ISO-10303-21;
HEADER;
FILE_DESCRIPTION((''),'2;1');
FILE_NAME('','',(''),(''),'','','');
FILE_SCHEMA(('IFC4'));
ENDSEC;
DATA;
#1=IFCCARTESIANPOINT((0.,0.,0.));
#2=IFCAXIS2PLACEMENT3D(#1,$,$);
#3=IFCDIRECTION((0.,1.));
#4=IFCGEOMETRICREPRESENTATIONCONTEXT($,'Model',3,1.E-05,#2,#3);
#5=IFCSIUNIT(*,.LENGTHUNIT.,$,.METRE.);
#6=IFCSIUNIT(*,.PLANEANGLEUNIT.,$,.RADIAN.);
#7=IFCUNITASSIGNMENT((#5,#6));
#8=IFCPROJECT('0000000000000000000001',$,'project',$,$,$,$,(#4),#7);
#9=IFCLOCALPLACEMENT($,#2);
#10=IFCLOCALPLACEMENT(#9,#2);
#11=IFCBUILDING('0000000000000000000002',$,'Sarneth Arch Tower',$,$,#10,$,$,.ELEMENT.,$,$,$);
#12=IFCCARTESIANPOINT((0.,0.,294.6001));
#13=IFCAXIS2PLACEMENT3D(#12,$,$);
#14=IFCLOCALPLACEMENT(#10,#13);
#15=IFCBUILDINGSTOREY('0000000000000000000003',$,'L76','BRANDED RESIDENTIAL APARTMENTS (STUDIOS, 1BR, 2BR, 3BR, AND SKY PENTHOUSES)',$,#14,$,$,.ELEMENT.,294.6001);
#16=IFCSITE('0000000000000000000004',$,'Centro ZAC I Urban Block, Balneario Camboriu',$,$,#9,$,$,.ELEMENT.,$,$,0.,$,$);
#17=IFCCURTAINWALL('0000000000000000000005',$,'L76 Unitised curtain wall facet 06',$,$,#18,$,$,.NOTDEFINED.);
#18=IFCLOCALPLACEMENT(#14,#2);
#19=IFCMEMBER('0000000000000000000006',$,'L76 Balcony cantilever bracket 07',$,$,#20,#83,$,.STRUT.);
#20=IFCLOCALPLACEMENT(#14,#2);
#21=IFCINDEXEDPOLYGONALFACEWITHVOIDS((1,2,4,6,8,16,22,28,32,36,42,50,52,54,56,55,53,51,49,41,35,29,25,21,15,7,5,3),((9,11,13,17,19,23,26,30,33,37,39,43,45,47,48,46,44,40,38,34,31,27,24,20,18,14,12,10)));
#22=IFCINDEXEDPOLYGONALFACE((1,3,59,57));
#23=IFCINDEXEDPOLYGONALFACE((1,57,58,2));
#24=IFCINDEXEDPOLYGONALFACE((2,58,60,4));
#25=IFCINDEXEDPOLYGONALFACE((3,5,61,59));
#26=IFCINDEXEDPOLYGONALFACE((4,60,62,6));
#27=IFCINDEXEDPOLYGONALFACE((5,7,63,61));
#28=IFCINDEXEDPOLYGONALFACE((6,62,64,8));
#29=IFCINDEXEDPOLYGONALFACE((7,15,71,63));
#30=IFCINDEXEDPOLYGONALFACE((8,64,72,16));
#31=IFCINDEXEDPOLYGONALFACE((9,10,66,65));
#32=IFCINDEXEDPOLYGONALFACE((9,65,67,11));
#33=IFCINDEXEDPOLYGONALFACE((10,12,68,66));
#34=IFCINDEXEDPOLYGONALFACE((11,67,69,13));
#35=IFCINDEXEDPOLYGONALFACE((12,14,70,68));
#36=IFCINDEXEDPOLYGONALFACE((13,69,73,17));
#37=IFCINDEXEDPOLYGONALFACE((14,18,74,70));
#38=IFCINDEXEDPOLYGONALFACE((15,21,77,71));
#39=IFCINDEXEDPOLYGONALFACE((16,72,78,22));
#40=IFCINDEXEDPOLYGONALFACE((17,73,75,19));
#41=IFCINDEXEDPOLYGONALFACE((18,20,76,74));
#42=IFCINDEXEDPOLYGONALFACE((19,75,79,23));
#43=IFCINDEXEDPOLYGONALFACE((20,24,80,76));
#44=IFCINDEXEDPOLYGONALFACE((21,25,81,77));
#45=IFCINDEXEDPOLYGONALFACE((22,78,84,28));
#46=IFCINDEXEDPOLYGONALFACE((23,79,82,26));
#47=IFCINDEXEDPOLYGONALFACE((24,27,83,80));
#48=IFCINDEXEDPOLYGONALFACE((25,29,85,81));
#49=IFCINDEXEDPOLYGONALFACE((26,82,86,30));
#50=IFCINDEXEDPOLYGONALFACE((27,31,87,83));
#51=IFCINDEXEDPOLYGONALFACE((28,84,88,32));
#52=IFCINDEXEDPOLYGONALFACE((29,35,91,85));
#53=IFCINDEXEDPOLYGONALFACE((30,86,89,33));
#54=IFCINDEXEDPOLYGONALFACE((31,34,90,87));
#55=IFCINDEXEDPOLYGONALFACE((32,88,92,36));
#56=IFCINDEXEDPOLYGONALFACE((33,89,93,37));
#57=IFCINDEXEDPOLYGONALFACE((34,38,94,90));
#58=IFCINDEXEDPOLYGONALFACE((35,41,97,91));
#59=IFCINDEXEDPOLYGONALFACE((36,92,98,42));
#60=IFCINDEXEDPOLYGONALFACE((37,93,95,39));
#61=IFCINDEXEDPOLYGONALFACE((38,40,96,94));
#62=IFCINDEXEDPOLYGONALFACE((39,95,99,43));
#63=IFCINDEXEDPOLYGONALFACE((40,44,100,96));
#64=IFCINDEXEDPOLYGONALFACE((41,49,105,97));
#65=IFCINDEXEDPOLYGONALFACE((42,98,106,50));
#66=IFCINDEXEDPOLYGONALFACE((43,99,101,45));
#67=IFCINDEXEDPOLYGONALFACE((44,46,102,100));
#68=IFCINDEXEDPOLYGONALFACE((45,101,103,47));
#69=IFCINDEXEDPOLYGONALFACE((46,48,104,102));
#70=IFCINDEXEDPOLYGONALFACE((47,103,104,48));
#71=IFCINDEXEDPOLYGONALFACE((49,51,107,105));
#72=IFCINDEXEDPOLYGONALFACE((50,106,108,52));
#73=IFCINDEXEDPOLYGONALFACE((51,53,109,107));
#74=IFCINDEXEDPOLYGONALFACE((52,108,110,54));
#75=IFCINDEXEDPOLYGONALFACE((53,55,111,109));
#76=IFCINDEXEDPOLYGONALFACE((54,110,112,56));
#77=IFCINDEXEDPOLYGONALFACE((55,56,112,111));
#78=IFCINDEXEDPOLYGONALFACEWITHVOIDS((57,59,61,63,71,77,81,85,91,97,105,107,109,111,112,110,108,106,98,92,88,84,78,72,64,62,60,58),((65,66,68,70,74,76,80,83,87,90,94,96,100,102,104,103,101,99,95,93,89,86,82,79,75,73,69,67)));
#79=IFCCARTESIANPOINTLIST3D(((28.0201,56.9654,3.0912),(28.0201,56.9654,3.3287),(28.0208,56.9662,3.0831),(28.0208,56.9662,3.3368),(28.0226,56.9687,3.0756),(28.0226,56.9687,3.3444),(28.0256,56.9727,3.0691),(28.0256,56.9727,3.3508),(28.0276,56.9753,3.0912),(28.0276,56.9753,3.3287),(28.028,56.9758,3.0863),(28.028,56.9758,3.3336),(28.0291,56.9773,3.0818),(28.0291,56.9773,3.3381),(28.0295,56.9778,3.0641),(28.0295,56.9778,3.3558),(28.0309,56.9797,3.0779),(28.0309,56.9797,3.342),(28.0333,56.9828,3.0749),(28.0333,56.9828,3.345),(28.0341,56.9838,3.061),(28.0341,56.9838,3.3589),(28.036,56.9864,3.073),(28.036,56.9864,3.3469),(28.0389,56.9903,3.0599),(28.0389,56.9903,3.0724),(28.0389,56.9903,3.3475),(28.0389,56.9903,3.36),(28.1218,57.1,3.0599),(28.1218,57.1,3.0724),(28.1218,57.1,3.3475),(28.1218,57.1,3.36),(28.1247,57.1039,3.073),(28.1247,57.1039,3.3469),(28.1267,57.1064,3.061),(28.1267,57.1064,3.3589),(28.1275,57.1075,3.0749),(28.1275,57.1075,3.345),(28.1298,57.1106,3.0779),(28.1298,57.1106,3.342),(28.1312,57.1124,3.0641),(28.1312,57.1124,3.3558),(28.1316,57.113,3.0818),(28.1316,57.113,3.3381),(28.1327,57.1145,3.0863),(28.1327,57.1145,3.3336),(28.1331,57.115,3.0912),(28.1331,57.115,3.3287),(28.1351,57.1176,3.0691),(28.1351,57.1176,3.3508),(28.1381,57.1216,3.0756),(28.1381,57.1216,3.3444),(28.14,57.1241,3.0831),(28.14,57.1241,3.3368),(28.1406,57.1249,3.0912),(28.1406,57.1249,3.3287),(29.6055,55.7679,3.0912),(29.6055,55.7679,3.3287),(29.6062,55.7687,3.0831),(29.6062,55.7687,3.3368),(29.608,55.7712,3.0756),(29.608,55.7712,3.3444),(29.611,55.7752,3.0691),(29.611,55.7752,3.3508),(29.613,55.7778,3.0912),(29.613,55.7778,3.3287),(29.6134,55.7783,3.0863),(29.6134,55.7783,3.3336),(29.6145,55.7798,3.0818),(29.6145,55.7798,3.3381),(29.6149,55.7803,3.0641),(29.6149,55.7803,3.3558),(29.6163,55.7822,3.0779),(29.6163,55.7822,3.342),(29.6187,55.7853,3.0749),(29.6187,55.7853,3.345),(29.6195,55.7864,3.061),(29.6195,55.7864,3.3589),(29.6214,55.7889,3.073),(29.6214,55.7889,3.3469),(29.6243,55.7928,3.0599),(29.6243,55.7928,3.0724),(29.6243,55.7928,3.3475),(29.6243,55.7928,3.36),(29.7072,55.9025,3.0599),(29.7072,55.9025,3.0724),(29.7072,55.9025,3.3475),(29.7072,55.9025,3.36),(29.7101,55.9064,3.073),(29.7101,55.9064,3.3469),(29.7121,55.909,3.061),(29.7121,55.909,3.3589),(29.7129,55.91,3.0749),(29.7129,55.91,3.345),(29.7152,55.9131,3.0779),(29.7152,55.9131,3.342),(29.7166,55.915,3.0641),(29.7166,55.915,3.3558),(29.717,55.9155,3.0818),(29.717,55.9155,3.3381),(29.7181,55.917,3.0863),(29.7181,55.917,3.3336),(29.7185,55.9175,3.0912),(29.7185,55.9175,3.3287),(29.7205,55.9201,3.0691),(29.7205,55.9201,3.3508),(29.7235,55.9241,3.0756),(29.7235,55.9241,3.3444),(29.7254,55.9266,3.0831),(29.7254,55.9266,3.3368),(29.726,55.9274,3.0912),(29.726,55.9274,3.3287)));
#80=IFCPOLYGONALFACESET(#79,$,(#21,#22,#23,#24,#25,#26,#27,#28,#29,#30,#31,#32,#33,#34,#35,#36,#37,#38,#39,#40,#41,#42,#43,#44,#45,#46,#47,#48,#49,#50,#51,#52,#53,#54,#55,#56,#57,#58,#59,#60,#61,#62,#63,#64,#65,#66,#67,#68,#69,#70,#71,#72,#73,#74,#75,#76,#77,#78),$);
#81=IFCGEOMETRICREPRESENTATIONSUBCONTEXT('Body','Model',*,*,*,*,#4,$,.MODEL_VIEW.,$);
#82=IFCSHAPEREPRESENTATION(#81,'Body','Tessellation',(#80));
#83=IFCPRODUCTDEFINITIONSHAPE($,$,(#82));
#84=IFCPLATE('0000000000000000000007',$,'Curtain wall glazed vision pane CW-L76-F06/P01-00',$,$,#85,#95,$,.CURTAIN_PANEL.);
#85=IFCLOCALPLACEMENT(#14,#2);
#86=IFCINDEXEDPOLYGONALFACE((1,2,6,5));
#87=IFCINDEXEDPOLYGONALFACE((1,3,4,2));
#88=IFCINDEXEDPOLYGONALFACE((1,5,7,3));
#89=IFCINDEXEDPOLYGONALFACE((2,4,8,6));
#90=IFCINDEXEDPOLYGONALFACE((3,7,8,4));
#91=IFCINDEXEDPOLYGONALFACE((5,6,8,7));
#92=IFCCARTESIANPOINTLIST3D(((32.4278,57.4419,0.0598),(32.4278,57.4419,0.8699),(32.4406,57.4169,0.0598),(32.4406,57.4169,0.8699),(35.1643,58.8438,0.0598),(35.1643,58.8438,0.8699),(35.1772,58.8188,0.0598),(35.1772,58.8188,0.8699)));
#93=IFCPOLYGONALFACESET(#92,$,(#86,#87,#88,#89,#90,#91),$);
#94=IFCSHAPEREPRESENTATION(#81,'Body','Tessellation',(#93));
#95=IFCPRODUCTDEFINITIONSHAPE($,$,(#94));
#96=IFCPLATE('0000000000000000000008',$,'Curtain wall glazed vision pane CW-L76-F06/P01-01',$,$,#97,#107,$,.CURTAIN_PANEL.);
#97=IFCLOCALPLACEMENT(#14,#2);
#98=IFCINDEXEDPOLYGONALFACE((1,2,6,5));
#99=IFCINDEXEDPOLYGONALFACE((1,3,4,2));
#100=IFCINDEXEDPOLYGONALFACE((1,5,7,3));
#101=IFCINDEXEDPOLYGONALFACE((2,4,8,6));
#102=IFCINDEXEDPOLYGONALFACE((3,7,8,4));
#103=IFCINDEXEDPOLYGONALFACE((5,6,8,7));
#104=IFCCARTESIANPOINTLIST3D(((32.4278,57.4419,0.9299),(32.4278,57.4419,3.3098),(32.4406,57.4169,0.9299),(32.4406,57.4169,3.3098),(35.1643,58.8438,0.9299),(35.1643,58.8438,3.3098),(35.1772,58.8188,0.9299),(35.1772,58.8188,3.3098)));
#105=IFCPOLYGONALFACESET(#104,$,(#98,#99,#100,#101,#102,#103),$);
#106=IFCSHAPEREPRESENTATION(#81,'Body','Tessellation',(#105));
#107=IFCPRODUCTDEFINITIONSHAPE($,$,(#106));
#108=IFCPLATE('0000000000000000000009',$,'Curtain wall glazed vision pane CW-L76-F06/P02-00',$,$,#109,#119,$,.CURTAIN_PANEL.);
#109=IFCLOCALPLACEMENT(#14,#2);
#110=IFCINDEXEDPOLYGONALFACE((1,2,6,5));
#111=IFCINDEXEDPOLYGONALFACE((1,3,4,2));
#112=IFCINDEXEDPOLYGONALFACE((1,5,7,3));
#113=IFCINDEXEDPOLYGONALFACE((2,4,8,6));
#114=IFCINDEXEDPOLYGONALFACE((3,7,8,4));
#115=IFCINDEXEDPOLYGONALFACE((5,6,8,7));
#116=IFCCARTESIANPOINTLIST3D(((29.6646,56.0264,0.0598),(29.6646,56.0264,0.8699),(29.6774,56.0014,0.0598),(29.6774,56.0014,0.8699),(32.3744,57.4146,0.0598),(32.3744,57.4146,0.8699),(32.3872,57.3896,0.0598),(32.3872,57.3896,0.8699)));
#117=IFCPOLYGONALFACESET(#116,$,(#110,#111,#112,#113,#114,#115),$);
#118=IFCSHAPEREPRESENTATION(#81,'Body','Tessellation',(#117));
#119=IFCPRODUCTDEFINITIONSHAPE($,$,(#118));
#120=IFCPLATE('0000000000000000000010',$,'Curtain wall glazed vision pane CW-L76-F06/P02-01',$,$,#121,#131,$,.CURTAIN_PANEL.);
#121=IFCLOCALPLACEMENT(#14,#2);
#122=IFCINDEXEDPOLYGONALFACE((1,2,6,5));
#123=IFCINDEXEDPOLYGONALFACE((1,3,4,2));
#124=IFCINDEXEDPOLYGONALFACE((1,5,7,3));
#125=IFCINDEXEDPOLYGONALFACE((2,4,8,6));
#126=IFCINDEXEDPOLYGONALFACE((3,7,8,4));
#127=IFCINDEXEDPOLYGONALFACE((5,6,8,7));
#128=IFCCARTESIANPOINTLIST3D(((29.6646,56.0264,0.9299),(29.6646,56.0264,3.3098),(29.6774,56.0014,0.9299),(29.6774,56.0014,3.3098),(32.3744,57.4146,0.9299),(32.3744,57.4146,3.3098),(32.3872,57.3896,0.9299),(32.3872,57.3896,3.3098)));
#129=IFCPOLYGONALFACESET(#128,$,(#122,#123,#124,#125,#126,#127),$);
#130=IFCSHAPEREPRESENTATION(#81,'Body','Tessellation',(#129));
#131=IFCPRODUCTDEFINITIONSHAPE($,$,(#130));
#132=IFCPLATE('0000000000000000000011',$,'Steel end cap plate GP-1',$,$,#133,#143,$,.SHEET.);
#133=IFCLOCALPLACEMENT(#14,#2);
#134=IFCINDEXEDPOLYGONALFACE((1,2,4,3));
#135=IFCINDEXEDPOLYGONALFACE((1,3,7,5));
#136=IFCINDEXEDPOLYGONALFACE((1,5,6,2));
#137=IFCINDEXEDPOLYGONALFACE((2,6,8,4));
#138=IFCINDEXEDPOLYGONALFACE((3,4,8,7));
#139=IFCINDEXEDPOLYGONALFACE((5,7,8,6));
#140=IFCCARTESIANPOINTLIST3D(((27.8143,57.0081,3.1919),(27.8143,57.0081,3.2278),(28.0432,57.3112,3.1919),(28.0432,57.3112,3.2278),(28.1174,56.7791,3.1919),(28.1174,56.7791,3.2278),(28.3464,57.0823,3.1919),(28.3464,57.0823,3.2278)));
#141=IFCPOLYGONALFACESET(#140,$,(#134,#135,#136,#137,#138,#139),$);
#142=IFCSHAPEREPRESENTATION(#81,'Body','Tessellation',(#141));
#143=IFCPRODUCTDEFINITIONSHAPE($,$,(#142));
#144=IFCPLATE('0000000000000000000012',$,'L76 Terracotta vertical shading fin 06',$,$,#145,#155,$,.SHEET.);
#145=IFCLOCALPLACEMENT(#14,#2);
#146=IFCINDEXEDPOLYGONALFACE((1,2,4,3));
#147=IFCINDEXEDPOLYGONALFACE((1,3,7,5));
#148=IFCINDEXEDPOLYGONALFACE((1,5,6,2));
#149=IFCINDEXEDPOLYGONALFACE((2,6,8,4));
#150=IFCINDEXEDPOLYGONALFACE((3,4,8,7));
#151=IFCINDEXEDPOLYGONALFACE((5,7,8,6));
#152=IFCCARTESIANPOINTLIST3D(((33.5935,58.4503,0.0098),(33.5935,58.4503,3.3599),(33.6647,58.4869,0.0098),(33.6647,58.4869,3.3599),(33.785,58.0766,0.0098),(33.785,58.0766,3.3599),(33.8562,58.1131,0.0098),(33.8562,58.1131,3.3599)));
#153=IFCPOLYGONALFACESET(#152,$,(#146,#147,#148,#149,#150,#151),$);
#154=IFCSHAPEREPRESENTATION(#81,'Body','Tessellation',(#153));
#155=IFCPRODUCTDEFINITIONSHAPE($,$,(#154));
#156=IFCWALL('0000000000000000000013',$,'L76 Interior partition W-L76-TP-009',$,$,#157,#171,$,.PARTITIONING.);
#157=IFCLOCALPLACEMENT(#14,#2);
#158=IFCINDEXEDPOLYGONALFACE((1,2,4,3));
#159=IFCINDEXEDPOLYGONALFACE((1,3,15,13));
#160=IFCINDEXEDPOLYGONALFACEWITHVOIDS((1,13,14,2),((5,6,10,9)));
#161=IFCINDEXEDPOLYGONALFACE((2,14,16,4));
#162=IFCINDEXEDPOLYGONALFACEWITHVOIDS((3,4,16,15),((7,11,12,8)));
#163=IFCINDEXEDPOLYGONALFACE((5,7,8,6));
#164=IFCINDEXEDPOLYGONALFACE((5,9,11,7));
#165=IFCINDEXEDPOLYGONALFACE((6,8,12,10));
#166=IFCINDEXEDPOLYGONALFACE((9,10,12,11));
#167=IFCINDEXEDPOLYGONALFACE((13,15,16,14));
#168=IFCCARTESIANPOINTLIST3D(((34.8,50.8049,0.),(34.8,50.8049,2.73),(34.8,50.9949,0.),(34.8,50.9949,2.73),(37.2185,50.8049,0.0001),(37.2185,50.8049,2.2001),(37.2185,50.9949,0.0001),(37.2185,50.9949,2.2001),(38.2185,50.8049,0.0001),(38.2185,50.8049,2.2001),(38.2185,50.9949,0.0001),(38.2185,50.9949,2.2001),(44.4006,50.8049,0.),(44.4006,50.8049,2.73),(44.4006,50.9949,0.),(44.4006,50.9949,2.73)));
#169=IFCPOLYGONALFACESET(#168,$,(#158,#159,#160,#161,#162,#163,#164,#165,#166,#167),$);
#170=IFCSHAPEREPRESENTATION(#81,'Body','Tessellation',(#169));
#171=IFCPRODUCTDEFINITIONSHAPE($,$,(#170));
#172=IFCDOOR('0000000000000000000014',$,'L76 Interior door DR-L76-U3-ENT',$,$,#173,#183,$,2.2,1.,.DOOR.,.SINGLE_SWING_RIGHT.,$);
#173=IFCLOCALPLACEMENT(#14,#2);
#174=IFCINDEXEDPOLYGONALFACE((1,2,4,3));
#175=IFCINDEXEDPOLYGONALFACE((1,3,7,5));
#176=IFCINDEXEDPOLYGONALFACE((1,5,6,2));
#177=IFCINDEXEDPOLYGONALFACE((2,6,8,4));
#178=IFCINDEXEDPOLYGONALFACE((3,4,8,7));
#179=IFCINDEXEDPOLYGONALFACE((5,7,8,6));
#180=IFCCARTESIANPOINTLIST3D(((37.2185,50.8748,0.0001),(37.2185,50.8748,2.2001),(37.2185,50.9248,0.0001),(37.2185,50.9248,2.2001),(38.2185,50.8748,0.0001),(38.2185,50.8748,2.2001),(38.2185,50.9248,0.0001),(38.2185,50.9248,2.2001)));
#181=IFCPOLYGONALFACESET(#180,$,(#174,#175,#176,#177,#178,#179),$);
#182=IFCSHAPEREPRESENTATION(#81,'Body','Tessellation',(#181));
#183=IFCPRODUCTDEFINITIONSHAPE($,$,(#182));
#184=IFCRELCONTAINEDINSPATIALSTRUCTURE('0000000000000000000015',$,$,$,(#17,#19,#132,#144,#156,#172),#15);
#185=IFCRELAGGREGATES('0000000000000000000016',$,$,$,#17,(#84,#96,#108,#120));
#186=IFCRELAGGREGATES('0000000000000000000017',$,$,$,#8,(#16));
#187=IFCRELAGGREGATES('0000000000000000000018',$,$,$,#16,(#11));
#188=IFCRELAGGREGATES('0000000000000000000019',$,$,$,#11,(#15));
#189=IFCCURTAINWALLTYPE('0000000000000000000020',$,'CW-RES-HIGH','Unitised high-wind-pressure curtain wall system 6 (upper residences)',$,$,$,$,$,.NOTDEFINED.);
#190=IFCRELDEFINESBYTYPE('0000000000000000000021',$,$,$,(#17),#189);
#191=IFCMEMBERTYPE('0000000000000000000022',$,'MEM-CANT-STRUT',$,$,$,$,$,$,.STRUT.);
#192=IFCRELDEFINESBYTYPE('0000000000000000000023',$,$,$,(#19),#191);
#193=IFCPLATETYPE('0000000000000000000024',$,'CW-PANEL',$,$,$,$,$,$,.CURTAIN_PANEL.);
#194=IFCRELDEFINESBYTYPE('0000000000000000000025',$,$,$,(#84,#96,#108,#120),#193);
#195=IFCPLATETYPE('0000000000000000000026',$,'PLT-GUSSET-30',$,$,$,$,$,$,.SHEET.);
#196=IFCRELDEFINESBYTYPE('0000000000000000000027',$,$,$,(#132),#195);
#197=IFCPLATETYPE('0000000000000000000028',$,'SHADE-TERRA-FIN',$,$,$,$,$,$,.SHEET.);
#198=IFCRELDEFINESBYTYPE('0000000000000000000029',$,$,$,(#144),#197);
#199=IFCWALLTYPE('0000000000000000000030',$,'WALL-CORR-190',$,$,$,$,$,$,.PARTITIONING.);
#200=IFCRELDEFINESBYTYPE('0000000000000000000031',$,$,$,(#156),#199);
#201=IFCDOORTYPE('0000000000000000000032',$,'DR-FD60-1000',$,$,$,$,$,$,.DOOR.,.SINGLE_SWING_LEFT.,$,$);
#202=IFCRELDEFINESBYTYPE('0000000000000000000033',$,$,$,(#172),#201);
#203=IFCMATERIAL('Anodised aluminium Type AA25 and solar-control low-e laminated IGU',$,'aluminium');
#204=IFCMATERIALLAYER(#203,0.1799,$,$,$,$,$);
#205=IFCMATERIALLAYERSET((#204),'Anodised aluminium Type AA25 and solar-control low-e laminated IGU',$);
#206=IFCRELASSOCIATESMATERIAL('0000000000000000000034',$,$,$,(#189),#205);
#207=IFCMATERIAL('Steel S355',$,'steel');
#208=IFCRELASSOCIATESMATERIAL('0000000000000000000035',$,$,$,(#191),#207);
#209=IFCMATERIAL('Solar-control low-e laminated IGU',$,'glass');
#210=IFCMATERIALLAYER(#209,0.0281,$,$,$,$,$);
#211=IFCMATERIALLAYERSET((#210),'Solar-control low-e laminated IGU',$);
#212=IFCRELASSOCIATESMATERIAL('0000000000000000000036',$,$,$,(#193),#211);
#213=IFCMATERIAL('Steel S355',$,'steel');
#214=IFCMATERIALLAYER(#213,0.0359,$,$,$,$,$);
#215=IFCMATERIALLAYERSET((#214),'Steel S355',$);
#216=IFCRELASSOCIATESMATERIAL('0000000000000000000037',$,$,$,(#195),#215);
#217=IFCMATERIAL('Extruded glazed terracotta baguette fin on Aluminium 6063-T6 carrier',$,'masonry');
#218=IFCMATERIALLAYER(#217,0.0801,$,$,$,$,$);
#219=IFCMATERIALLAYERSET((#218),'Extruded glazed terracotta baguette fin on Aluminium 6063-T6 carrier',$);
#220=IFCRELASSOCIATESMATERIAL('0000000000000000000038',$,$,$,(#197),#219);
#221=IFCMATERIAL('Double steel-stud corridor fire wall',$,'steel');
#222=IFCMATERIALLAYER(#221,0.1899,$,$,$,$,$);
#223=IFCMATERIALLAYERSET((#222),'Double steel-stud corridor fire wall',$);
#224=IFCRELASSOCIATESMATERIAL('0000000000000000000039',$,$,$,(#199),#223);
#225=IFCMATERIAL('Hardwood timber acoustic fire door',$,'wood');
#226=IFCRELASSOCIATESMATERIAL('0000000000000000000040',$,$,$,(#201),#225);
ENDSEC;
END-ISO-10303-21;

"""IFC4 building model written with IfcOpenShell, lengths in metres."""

from ifc_helpers import new_model, si_unit, direction, frame, frame_2d, origin, origin_2d, place, context, subcontext, project, spatial, rectangle, hollow_rectangle, extrude, material, layer, layer_set, material_profile, profile_set, type_object, element, fill, aggregate, save


model = new_model("IFC4")

# Units and contexts
model_context = context("Model", 3, precision=1e-05, world=origin(), true_north=direction((0.0, 1.0)))
body_context = subcontext(model_context, "Body", "Model", "MODEL_VIEW")
ifc_project = project(units=[si_unit("LENGTHUNIT", "METRE"), si_unit("PLANEANGLEUNIT", "RADIAN")], contexts=[model_context])

# Site, building, storey
site_placement = place(None, origin())
site = spatial("IfcSite", under=ifc_project, at=site_placement, Name="Centro ZAC I Urban Block, Balneario Camboriu", CompositionType="ELEMENT", RefElevation=0.0)
building_placement = place(site_placement, origin())
building = spatial("IfcBuilding", under=site, at=building_placement, Name="Sarneth Arch Tower", CompositionType="ELEMENT")
storey_placement = place(building_placement, frame((0.0, 0.0, 294.6001)))
storey = spatial("IfcBuildingStorey", under=building, at=storey_placement, Name="L76", Description="BRANDED RESIDENTIAL APARTMENTS (STUDIOS, 1BR, 2BR, 3BR, AND SKY PENTHOUSES)", CompositionType="ELEMENT", Elevation=294.6001)

# Curtain wall
ifc_material_1 = material(Name="Anodised aluminium Type AA25 and solar-control low-e laminated IGU", Category="aluminium")
ifc_layer_1 = layer(ifc_material_1, 0.1799)
ifc_layer_set_1 = layer_set([ifc_layer_1], Name="Anodised aluminium Type AA25 and solar-control low-e laminated IGU")
curtain_wall_type = type_object("IfcCurtainWallType", Name="CW-RES-HIGH", Description="Unitised high-wind-pressure curtain wall system 6 (upper residences)", PredefinedType="NOTDEFINED", material=ifc_layer_set_1)
curtain_wall_placement = place(storey_placement, origin())
curtain_wall = element("IfcCurtainWall", 1, at=curtain_wall_placement, inside=storey, type_object=curtain_wall_type, Name="L76 Unitised curtain wall facet 06", PredefinedType="NOTDEFINED")

# Member
ifc_material_2 = material(Name="Steel S355", Category="steel")
ifc_material_profile_1 = material_profile(ifc_material_2, hollow_rectangle(XDim=0.2, YDim=0.3, WallThickness=0.0125, InnerFilletRadius=0.0188, OuterFilletRadius=0.0312, at=origin_2d()), Name="RHS300x200x12.5")
ifc_profile_set_1 = profile_set([ifc_material_profile_1], Name="Steel S355")
member_type_1 = type_object("IfcMemberType", Name="MEM-CANT-STRUT", PredefinedType="STRUT", material=ifc_profile_set_1)
member_1_placement = place(storey_placement, frame((29.6658, 55.8477, 3.21), z_axis=(-0.797961, 0.60271, 0.0), x_axis=(-0.60271, -0.797961, 0.0)))
element("IfcMember", 2, at=member_1_placement, inside=storey, type_object=member_type_1, Name="L76 Balcony cantilever bracket 07", PredefinedType="STRUT", context=body_context, shape_type="SweptSolid", body=[
    extrude(hollow_rectangle(XDim=0.2, YDim=0.3, WallThickness=0.0125, InnerFilletRadius=0.0188, OuterFilletRadius=0.0312, at=origin_2d()), origin(), (0.0, 0.0, 1.0), 1.9868),
])

# Plates
ifc_material_3 = material(Name="Solar-control low-e laminated IGU", Category="glass")
ifc_layer_2 = layer(ifc_material_3, 0.0281)
ifc_layer_set_2 = layer_set([ifc_layer_2], Name="Solar-control low-e laminated IGU")
plate_type_1 = type_object("IfcPlateType", Name="CW-PANEL", PredefinedType="CURTAIN_PANEL", material=ifc_layer_set_2)
plate_1_placement = place(storey_placement, frame((33.8025, 58.1304, 0.0598), z_axis=(0.0, 0.0, 1.0), x_axis=(-0.89001, -0.455942, 0.0)))
plate_1 = element("IfcPlate", 3, at=plate_1_placement, type_object=plate_type_1, Name="Curtain wall glazed vision pane CW-L76-F06/P01-00", PredefinedType="CURTAIN_PANEL", context=body_context, shape_type="SweptSolid", body=[
    extrude(rectangle(XDim=3.0747, YDim=0.0281, at=origin_2d()), origin(), (0.0, 0.0, 1.0), 0.8101),
])
plate_2_placement = place(storey_placement, frame((33.8025, 58.1304, 0.9299), z_axis=(0.0, 0.0, 1.0), x_axis=(-0.89001, -0.455942, 0.0)))
plate_2 = element("IfcPlate", 4, at=plate_2_placement, type_object=plate_type_1, Name="Curtain wall glazed vision pane CW-L76-F06/P01-01", PredefinedType="CURTAIN_PANEL", context=body_context, shape_type="SweptSolid", body=[
    extrude(rectangle(XDim=3.0747, YDim=0.0281, at=origin_2d()), origin(), (0.0, 0.0, 1.0), 2.3799),
])
plate_3_placement = place(storey_placement, frame((31.0259, 56.708, 0.0598), z_axis=(0.0, 0.0, 1.0), x_axis=(-0.89001, -0.455942, 0.0)))
plate_3 = element("IfcPlate", 5, at=plate_3_placement, type_object=plate_type_1, Name="Curtain wall glazed vision pane CW-L76-F06/P02-00", PredefinedType="CURTAIN_PANEL", context=body_context, shape_type="SweptSolid", body=[
    extrude(rectangle(XDim=3.0447, YDim=0.0281, at=origin_2d()), origin(), (0.0, 0.0, 1.0), 0.8101),
])
plate_4_placement = place(storey_placement, frame((31.0259, 56.708, 0.9299), z_axis=(0.0, 0.0, 1.0), x_axis=(-0.89001, -0.455942, 0.0)))
plate_4 = element("IfcPlate", 6, at=plate_4_placement, type_object=plate_type_1, Name="Curtain wall glazed vision pane CW-L76-F06/P02-01", PredefinedType="CURTAIN_PANEL", context=body_context, shape_type="SweptSolid", body=[
    extrude(rectangle(XDim=3.0447, YDim=0.0281, at=origin_2d()), origin(), (0.0, 0.0, 1.0), 2.3799),
])
aggregate(curtain_wall, [plate_1, plate_2, plate_3, plate_4])

# Plates
ifc_material_4 = material(Name="Steel S355", Category="steel")
ifc_layer_3 = layer(ifc_material_4, 0.0359)
ifc_layer_set_3 = layer_set([ifc_layer_3], Name="Steel S355")
plate_type_2 = type_object("IfcPlateType", Name="PLT-GUSSET-30", PredefinedType="SHEET", material=ifc_layer_set_3)
plate_5_placement = place(storey_placement, frame((28.0803, 57.0452, 3.1919), z_axis=(0.0, 0.0, 1.0), x_axis=(-0.798005, 0.602651, 0.0)))
element("IfcPlate", 7, at=plate_5_placement, inside=storey, type_object=plate_type_2, Name="Steel end cap plate GP-1", PredefinedType="SHEET", context=body_context, shape_type="SweptSolid", body=[
    extrude(rectangle(XDim=0.3799, YDim=0.3799, at=origin_2d()), origin(), (0.0, 0.0, 1.0), 0.0359),
])
ifc_material_5 = material(Name="Extruded glazed terracotta baguette fin on Aluminium 6063-T6 carrier", Category="masonry")
ifc_layer_4 = layer(ifc_material_5, 0.0801)
ifc_layer_set_4 = layer_set([ifc_layer_4], Name="Extruded glazed terracotta baguette fin on Aluminium 6063-T6 carrier")
plate_type_3 = type_object("IfcPlateType", Name="SHADE-TERRA-FIN", PredefinedType="SHEET", material=ifc_layer_set_4)
plate_6_placement = place(storey_placement, frame((33.7249, 58.2817, 0.0098), z_axis=(0.0, 0.0, 1.0), x_axis=(-0.456011, 0.889974, 0.0)))
element("IfcPlate", 8, at=plate_6_placement, inside=storey, type_object=plate_type_3, Name="L76 Terracotta vertical shading fin 06", PredefinedType="SHEET", context=body_context, shape_type="SweptSolid", body=[
    extrude(rectangle(XDim=0.4199, YDim=0.0801, at=origin_2d()), origin(), (0.0, 0.0, 1.0), 3.3501),
])

# Wall, opening, door
ifc_material_6 = material(Name="Double steel-stud corridor fire wall", Category="steel")
ifc_layer_5 = layer(ifc_material_6, 0.1899)
ifc_layer_set_5 = layer_set([ifc_layer_5], Name="Double steel-stud corridor fire wall")
wall_type_1 = type_object("IfcWallType", Name="WALL-CORR-190", PredefinedType="PARTITIONING", material=ifc_layer_set_5)
wall_1_placement = place(storey_placement, frame((34.8, 50.8999, 0.0), z_axis=(0.0, 0.0, 1.0), x_axis=(1.0, 0.0, 0.0)))
wall_1 = element("IfcWall", 9, at=wall_1_placement, inside=storey, type_object=wall_type_1, Name="L76 Interior partition W-L76-TP-009", PredefinedType="PARTITIONING", context=body_context, shape_type="SweptSolid", body=[
    extrude(rectangle(XDim=9.6006, YDim=0.1899, at=frame_2d((4.8003, 0.0))), origin(), (0.0, 0.0, 1.0), 2.73),
])
opening_1_placement = place(wall_1_placement, frame((2.4185, 0.0, 0.0)))
opening_1 = element("IfcOpeningElement", 10, at=opening_1_placement, cuts=wall_1, PredefinedType="OPENING", context=body_context, shape_type="SweptSolid", body=[
    extrude(rectangle(XDim=1.0, YDim=2.2, at=frame_2d((0.5, 1.1001))), frame((0.0, 0.105, 0.0), z_axis=(0.0, -1.0, 0.0), x_axis=(1.0, 0.0, 0.0)), (0.0, 0.0, 1.0), 0.21),
])
ifc_material_7 = material(Name="Hardwood timber acoustic fire door", Category="wood")
door_type_1 = type_object("IfcDoorType", Name="DR-FD60-1000", OperationType="SINGLE_SWING_LEFT", PredefinedType="DOOR", material=ifc_material_7)
door_1_placement = place(opening_1_placement, origin())
door_1 = element("IfcDoor", 11, at=door_1_placement, inside=storey, type_object=door_type_1, Name="L76 Interior door DR-L76-U3-ENT", OperationType="SINGLE_SWING_RIGHT", OverallHeight=2.2, OverallWidth=1.0, PredefinedType="DOOR", context=body_context, shape_type="SweptSolid", body=[
    extrude(rectangle(XDim=1.0, YDim=2.2, at=frame_2d((0.5, 1.1001))), frame((0.0, 0.0249, 0.0), z_axis=(0.0, -1.0, 0.0), x_axis=(1.0, 0.0, 0.0)), (0.0, 0.0, 1.0), 0.05),
])
fill(opening_1, door_1)

save(model, "model.ifc")
